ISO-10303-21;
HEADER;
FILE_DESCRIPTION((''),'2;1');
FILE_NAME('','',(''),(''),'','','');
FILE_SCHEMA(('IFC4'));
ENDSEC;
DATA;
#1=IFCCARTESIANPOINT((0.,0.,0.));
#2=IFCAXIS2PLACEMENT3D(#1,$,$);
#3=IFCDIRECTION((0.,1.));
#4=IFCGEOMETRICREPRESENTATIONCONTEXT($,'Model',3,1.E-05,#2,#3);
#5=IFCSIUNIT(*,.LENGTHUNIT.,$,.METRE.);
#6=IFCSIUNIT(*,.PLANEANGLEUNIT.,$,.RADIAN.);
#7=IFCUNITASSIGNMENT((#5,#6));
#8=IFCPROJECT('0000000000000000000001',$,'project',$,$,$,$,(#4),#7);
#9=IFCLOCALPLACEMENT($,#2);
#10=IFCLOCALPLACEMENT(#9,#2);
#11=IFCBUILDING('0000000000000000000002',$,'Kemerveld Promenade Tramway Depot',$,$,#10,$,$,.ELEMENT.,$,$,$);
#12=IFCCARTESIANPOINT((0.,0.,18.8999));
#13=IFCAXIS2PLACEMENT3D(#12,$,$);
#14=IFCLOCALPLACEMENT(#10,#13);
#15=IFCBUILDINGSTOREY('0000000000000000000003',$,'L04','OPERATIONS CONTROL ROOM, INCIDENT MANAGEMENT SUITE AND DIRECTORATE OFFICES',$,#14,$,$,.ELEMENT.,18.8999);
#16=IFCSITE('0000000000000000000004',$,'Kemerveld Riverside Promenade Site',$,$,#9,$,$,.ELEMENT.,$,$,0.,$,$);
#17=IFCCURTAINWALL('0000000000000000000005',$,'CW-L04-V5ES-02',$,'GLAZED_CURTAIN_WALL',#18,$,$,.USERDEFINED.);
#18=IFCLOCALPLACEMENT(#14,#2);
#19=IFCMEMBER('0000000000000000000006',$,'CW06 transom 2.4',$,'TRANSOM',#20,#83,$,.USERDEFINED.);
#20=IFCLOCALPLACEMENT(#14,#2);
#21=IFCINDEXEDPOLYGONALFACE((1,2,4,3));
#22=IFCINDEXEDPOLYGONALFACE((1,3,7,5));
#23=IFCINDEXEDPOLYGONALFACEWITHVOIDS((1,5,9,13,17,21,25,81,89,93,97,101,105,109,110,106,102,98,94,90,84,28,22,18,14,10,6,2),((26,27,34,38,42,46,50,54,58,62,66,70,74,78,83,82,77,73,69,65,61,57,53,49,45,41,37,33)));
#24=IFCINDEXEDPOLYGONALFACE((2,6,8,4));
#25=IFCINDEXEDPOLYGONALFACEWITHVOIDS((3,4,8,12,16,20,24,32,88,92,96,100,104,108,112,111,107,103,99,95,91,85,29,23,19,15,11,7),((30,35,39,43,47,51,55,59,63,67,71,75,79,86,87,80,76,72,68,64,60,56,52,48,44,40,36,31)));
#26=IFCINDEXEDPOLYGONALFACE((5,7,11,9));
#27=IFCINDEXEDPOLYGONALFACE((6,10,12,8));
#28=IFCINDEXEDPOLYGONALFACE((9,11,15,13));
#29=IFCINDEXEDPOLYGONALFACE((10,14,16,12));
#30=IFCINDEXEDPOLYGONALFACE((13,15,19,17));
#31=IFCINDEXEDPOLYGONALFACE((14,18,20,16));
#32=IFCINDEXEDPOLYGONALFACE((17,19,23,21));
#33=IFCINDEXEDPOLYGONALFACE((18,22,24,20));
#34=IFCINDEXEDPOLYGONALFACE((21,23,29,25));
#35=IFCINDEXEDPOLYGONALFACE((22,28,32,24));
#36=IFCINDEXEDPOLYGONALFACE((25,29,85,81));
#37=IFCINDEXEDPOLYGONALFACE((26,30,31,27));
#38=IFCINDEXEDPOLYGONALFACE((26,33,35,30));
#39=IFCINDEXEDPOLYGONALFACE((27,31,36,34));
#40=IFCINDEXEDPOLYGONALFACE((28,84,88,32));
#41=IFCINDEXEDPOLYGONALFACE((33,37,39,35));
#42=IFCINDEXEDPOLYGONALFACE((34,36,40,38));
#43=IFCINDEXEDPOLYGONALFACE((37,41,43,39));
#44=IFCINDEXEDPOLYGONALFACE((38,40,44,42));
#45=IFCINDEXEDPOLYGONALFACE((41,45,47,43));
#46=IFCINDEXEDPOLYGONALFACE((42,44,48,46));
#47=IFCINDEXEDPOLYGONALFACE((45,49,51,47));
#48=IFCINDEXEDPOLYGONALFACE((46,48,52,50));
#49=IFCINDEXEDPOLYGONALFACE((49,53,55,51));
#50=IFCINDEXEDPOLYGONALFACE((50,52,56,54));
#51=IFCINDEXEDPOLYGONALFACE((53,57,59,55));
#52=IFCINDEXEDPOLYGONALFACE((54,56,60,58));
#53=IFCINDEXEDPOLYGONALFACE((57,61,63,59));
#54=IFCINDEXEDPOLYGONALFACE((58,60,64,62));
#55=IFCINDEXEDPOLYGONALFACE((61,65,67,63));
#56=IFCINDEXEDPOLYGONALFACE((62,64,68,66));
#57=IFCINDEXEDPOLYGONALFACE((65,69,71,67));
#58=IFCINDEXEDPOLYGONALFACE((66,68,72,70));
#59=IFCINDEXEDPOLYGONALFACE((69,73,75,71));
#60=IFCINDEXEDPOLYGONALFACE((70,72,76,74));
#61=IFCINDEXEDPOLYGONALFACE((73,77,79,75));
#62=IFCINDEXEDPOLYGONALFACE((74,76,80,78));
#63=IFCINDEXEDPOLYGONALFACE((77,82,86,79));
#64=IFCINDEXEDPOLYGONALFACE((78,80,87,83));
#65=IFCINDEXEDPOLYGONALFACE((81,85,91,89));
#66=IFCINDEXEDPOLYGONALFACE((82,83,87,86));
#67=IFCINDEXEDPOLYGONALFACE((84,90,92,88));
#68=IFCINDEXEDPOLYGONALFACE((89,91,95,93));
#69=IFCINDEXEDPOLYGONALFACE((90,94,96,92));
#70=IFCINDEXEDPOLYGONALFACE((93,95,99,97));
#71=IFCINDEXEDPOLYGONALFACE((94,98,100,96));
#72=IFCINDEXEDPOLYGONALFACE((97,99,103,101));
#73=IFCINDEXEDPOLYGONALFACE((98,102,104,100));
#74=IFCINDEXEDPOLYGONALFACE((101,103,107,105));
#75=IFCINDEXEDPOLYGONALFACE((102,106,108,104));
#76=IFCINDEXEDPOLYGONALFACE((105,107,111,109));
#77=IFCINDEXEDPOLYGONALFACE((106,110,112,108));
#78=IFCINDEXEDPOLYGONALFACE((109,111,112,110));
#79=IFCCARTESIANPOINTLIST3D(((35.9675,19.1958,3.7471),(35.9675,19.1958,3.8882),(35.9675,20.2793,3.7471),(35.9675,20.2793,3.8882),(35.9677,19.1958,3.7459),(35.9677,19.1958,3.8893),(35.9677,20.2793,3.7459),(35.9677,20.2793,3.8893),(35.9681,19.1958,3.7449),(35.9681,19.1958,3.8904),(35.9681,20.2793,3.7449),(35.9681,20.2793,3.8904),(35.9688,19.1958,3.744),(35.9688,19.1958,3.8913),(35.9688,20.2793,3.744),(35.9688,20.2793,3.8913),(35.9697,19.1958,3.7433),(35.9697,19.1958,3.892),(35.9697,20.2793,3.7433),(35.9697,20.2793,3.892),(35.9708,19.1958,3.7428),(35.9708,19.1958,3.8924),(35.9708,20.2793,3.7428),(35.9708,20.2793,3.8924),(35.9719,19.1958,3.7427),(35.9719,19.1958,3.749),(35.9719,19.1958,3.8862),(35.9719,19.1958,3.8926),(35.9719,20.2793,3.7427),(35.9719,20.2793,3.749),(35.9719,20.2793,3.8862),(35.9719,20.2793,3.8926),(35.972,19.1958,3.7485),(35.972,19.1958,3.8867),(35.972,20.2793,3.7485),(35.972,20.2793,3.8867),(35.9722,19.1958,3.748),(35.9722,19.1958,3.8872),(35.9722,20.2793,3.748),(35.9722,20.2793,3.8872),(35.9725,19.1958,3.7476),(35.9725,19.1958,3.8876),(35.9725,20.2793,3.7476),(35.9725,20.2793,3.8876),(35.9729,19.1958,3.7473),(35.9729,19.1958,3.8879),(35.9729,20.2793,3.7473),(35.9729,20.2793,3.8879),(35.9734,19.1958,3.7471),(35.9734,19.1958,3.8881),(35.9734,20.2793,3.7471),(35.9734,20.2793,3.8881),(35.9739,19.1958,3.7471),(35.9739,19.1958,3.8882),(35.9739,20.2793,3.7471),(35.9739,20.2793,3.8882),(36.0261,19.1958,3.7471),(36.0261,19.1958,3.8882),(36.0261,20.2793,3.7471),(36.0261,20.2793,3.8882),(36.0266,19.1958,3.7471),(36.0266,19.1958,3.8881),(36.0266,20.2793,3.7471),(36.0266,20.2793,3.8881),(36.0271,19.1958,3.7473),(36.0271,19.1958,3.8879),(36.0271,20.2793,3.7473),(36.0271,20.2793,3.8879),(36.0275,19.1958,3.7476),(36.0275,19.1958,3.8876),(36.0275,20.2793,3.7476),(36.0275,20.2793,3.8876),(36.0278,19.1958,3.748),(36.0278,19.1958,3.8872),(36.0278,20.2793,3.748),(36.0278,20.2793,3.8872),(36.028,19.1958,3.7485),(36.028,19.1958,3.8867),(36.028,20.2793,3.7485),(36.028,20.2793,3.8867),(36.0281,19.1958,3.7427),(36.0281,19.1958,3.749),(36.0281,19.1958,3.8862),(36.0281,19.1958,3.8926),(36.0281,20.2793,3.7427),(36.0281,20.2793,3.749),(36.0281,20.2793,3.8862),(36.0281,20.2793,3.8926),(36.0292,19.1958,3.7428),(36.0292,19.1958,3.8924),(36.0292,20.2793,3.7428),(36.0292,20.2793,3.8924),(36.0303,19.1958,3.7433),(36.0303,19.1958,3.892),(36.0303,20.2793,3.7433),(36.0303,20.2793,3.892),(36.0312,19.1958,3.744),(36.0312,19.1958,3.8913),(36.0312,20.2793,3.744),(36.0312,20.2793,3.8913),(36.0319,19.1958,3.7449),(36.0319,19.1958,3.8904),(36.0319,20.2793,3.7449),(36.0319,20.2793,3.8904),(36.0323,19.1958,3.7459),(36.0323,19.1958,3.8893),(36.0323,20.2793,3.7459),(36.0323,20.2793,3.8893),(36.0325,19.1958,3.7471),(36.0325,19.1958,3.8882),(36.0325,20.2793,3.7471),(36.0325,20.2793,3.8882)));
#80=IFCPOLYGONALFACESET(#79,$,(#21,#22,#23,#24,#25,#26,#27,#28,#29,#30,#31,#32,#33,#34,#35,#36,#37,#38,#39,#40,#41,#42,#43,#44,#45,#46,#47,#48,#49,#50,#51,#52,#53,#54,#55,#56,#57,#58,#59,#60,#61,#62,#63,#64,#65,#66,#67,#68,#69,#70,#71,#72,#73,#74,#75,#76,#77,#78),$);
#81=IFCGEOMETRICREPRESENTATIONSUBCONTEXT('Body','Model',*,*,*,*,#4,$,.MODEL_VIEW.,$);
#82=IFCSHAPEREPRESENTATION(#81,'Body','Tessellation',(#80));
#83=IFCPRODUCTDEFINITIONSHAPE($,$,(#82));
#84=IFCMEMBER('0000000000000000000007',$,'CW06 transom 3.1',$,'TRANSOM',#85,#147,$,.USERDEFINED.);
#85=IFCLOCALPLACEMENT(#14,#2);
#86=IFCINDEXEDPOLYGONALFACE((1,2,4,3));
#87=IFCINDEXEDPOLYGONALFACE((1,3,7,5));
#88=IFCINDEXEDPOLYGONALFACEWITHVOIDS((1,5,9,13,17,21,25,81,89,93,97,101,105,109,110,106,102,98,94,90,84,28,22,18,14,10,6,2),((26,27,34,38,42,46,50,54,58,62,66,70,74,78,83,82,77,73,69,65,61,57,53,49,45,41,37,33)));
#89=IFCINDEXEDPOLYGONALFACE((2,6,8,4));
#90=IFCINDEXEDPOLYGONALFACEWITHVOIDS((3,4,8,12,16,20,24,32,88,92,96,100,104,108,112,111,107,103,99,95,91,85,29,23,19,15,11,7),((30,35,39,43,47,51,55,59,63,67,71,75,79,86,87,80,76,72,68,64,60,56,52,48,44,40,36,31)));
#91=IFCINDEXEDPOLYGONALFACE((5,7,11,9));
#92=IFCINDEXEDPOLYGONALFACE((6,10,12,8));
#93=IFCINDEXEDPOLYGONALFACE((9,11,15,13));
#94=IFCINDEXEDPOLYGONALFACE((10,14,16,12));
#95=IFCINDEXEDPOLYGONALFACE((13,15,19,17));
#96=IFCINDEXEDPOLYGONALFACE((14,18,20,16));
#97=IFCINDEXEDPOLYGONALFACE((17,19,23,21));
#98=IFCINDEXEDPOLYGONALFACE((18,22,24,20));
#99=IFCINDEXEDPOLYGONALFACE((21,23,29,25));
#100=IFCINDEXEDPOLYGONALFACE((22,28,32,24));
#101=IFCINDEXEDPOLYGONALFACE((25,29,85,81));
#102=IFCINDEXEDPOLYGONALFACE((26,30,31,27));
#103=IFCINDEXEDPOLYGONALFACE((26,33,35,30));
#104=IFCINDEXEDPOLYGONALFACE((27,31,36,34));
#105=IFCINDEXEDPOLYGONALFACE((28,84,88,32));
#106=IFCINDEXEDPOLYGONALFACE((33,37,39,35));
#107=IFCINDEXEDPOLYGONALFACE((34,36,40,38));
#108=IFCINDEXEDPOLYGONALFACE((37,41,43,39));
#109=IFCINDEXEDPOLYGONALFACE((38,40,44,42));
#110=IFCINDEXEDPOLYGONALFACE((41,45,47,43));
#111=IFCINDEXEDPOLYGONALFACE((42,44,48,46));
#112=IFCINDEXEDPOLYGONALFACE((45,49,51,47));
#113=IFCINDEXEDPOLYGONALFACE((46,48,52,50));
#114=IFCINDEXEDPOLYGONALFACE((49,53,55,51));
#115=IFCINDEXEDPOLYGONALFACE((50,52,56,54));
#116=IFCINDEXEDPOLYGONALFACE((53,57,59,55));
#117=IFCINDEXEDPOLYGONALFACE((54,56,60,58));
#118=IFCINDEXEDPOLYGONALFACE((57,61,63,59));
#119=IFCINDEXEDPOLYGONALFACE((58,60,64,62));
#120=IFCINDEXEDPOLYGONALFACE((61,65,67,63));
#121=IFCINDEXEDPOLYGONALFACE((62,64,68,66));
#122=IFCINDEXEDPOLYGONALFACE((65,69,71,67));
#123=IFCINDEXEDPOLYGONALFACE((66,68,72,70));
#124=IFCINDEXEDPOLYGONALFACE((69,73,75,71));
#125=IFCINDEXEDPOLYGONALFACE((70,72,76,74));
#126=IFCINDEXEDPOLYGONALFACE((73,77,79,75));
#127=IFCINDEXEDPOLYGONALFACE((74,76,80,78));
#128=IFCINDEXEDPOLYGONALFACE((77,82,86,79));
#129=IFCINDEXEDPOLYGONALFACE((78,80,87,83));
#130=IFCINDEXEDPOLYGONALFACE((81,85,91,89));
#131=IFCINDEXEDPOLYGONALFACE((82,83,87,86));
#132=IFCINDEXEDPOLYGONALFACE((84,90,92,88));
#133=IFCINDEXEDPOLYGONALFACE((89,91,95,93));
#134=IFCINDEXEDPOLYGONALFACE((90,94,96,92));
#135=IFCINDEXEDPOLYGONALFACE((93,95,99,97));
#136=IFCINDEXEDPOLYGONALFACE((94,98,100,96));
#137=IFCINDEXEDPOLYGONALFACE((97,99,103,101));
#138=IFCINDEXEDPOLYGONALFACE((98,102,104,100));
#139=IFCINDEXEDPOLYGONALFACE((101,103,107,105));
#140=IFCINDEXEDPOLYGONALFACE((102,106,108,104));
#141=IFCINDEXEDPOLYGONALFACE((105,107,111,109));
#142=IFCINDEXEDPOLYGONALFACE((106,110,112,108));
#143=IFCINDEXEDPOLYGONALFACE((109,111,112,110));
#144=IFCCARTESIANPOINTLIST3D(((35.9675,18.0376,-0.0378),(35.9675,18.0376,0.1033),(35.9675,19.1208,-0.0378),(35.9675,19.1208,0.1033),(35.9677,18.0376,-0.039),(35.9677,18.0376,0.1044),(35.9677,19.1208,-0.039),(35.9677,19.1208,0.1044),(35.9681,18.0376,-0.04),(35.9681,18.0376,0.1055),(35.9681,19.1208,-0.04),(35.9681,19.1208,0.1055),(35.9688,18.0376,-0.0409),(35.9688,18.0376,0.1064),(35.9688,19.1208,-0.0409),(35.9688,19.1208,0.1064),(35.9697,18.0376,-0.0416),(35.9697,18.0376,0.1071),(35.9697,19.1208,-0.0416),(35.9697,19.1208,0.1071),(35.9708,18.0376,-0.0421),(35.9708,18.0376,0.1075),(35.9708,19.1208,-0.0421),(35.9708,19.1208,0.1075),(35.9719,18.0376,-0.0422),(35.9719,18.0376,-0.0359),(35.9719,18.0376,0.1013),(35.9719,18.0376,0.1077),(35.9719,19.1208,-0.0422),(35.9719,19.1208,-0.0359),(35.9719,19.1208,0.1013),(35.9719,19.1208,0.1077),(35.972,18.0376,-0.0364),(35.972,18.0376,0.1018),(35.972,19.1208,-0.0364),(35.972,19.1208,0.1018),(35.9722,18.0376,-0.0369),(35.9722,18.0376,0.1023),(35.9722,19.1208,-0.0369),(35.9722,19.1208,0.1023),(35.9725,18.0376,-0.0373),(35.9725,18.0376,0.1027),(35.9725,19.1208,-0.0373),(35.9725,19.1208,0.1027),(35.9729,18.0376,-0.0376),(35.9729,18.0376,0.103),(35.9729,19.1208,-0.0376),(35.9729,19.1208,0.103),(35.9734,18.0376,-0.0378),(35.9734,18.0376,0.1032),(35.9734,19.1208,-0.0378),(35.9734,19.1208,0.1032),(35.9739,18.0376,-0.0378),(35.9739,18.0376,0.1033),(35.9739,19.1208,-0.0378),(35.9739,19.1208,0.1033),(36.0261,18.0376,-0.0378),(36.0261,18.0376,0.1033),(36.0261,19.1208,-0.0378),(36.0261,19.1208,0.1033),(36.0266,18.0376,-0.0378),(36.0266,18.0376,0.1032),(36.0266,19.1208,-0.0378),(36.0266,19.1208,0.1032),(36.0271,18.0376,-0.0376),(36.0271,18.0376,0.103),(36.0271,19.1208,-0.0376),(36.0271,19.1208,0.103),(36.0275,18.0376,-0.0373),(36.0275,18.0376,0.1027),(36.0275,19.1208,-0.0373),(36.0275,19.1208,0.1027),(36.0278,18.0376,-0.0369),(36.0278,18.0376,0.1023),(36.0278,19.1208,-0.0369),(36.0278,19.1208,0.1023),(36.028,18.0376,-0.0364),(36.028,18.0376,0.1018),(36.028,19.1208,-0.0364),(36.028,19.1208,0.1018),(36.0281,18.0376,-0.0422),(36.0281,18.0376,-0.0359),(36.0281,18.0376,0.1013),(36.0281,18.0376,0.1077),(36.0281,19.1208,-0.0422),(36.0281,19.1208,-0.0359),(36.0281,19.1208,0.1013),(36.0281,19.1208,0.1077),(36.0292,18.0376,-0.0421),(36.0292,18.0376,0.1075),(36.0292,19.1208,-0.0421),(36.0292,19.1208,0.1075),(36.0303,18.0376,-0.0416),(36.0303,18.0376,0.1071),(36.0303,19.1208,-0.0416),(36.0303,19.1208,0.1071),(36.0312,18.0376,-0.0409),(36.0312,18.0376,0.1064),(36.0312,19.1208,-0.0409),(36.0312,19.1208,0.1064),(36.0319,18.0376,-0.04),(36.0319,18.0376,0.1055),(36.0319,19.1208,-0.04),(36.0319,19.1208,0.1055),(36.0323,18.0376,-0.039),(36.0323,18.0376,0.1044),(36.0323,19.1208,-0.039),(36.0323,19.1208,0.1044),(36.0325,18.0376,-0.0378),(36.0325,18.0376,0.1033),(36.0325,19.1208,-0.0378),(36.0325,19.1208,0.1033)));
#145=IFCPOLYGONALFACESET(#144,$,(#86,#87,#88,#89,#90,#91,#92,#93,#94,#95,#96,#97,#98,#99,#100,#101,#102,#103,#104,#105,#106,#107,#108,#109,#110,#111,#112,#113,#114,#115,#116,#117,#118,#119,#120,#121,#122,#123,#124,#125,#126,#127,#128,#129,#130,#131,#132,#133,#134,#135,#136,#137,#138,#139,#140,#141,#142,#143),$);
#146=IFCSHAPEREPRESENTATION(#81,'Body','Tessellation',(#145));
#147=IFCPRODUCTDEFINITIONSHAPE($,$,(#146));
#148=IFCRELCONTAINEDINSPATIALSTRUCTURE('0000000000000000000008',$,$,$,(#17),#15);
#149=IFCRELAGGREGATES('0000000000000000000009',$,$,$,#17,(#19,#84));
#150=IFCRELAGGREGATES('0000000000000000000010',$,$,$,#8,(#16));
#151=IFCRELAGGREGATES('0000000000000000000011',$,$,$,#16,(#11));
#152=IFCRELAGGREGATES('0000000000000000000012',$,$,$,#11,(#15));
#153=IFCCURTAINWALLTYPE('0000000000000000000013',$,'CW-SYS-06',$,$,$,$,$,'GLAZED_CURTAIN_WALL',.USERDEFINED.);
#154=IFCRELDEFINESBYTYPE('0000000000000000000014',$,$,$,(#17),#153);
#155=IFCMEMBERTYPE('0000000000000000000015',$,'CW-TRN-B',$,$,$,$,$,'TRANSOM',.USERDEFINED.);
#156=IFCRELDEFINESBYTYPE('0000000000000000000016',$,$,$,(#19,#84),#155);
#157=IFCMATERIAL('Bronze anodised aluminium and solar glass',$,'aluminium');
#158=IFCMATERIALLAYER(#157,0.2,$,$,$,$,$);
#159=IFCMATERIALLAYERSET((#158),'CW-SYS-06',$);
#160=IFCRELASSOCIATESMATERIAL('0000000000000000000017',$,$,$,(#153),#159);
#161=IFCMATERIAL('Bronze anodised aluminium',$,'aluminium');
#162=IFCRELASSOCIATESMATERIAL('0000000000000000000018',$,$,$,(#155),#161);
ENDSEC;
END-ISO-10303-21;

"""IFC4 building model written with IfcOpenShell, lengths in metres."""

from ifc_helpers import new_model, si_unit, direction, frame, origin, origin_2d, place, context, subcontext, project, spatial, hollow_rectangle, extrude, material, layer, layer_set, material_profile, profile_set, type_object, element, aggregate, save


model = new_model("IFC4")

# Units and contexts
model_context = context("Model", 3, precision=1e-05, world=origin(), true_north=direction((0.0, 1.0)))
body_context = subcontext(model_context, "Body", "Model", "MODEL_VIEW")
ifc_project = project(units=[si_unit("LENGTHUNIT", "METRE"), si_unit("PLANEANGLEUNIT", "RADIAN")], contexts=[model_context])

# Site, building, storey
site_placement = place(None, origin())
site = spatial("IfcSite", under=ifc_project, at=site_placement, Name="Kemerveld Riverside Promenade Site", CompositionType="ELEMENT", RefElevation=0.0)
building_placement = place(site_placement, origin())
building = spatial("IfcBuilding", under=site, at=building_placement, Name="Kemerveld Promenade Tramway Depot", CompositionType="ELEMENT")
storey_placement = place(building_placement, frame((0.0, 0.0, 18.8999)))
storey = spatial("IfcBuildingStorey", under=building, at=storey_placement, Name="L04", Description="OPERATIONS CONTROL ROOM, INCIDENT MANAGEMENT SUITE AND DIRECTORATE OFFICES", CompositionType="ELEMENT", Elevation=18.8999)

# Curtain wall, members
ifc_material_1 = material(Name="Bronze anodised aluminium and solar glass", Category="aluminium")
ifc_layer_1 = layer(ifc_material_1, 0.2)
ifc_layer_set_1 = layer_set([ifc_layer_1], Name="CW-SYS-06")
curtain_wall_type = type_object("IfcCurtainWallType", Name="CW-SYS-06", ElementType="GLAZED_CURTAIN_WALL", PredefinedType="USERDEFINED", material=ifc_layer_set_1)
curtain_wall_placement = place(storey_placement, origin())
curtain_wall = element("IfcCurtainWall", 1, at=curtain_wall_placement, inside=storey, type_object=curtain_wall_type, Name="CW-L04-V5ES-02", ObjectType="GLAZED_CURTAIN_WALL", PredefinedType="USERDEFINED")
ifc_material_2 = material(Name="Bronze anodised aluminium", Category="aluminium")
ifc_material_profile_1 = material_profile(ifc_material_2, hollow_rectangle(XDim=0.0649, YDim=0.1499, WallThickness=0.0044, InnerFilletRadius=0.002, OuterFilletRadius=0.0044, at=origin_2d()), Name="CW-TRN-150x65")
ifc_profile_set_1 = profile_set([ifc_material_profile_1], Name="Bronze anodised aluminium")
member_type_1 = type_object("IfcMemberType", Name="CW-TRN-B", ElementType="TRANSOM", PredefinedType="USERDEFINED", material=ifc_profile_set_1)
member_1_placement = place(storey_placement, frame((36.0, 20.2793, 3.8176), z_axis=(0.0, -1.0, 0.0), x_axis=(1.0, 0.0, 0.0)))
member_1 = element("IfcMember", 2, at=member_1_placement, type_object=member_type_1, Name="CW06 transom 2.4", ObjectType="TRANSOM", PredefinedType="USERDEFINED", context=body_context, shape_type="SweptSolid", body=[
    extrude(hollow_rectangle(XDim=0.0649, YDim=0.1499, WallThickness=0.0044, InnerFilletRadius=0.002, OuterFilletRadius=0.0044, at=origin_2d()), origin(), (0.0, 0.0, 1.0), 1.0835),
])
member_2_placement = place(storey_placement, frame((36.0, 19.1208, 0.0327), z_axis=(0.0, -1.0, 0.0), x_axis=(1.0, 0.0, 0.0)))
member_2 = element("IfcMember", 3, at=member_2_placement, type_object=member_type_1, Name="CW06 transom 3.1", ObjectType="TRANSOM", PredefinedType="USERDEFINED", context=body_context, shape_type="SweptSolid", body=[
    extrude(hollow_rectangle(XDim=0.0649, YDim=0.1499, WallThickness=0.0044, InnerFilletRadius=0.002, OuterFilletRadius=0.0044, at=origin_2d()), origin(), (0.0, 0.0, 1.0), 1.0833),
])
aggregate(curtain_wall, [member_1, member_2])

save(model, "model.ifc")
